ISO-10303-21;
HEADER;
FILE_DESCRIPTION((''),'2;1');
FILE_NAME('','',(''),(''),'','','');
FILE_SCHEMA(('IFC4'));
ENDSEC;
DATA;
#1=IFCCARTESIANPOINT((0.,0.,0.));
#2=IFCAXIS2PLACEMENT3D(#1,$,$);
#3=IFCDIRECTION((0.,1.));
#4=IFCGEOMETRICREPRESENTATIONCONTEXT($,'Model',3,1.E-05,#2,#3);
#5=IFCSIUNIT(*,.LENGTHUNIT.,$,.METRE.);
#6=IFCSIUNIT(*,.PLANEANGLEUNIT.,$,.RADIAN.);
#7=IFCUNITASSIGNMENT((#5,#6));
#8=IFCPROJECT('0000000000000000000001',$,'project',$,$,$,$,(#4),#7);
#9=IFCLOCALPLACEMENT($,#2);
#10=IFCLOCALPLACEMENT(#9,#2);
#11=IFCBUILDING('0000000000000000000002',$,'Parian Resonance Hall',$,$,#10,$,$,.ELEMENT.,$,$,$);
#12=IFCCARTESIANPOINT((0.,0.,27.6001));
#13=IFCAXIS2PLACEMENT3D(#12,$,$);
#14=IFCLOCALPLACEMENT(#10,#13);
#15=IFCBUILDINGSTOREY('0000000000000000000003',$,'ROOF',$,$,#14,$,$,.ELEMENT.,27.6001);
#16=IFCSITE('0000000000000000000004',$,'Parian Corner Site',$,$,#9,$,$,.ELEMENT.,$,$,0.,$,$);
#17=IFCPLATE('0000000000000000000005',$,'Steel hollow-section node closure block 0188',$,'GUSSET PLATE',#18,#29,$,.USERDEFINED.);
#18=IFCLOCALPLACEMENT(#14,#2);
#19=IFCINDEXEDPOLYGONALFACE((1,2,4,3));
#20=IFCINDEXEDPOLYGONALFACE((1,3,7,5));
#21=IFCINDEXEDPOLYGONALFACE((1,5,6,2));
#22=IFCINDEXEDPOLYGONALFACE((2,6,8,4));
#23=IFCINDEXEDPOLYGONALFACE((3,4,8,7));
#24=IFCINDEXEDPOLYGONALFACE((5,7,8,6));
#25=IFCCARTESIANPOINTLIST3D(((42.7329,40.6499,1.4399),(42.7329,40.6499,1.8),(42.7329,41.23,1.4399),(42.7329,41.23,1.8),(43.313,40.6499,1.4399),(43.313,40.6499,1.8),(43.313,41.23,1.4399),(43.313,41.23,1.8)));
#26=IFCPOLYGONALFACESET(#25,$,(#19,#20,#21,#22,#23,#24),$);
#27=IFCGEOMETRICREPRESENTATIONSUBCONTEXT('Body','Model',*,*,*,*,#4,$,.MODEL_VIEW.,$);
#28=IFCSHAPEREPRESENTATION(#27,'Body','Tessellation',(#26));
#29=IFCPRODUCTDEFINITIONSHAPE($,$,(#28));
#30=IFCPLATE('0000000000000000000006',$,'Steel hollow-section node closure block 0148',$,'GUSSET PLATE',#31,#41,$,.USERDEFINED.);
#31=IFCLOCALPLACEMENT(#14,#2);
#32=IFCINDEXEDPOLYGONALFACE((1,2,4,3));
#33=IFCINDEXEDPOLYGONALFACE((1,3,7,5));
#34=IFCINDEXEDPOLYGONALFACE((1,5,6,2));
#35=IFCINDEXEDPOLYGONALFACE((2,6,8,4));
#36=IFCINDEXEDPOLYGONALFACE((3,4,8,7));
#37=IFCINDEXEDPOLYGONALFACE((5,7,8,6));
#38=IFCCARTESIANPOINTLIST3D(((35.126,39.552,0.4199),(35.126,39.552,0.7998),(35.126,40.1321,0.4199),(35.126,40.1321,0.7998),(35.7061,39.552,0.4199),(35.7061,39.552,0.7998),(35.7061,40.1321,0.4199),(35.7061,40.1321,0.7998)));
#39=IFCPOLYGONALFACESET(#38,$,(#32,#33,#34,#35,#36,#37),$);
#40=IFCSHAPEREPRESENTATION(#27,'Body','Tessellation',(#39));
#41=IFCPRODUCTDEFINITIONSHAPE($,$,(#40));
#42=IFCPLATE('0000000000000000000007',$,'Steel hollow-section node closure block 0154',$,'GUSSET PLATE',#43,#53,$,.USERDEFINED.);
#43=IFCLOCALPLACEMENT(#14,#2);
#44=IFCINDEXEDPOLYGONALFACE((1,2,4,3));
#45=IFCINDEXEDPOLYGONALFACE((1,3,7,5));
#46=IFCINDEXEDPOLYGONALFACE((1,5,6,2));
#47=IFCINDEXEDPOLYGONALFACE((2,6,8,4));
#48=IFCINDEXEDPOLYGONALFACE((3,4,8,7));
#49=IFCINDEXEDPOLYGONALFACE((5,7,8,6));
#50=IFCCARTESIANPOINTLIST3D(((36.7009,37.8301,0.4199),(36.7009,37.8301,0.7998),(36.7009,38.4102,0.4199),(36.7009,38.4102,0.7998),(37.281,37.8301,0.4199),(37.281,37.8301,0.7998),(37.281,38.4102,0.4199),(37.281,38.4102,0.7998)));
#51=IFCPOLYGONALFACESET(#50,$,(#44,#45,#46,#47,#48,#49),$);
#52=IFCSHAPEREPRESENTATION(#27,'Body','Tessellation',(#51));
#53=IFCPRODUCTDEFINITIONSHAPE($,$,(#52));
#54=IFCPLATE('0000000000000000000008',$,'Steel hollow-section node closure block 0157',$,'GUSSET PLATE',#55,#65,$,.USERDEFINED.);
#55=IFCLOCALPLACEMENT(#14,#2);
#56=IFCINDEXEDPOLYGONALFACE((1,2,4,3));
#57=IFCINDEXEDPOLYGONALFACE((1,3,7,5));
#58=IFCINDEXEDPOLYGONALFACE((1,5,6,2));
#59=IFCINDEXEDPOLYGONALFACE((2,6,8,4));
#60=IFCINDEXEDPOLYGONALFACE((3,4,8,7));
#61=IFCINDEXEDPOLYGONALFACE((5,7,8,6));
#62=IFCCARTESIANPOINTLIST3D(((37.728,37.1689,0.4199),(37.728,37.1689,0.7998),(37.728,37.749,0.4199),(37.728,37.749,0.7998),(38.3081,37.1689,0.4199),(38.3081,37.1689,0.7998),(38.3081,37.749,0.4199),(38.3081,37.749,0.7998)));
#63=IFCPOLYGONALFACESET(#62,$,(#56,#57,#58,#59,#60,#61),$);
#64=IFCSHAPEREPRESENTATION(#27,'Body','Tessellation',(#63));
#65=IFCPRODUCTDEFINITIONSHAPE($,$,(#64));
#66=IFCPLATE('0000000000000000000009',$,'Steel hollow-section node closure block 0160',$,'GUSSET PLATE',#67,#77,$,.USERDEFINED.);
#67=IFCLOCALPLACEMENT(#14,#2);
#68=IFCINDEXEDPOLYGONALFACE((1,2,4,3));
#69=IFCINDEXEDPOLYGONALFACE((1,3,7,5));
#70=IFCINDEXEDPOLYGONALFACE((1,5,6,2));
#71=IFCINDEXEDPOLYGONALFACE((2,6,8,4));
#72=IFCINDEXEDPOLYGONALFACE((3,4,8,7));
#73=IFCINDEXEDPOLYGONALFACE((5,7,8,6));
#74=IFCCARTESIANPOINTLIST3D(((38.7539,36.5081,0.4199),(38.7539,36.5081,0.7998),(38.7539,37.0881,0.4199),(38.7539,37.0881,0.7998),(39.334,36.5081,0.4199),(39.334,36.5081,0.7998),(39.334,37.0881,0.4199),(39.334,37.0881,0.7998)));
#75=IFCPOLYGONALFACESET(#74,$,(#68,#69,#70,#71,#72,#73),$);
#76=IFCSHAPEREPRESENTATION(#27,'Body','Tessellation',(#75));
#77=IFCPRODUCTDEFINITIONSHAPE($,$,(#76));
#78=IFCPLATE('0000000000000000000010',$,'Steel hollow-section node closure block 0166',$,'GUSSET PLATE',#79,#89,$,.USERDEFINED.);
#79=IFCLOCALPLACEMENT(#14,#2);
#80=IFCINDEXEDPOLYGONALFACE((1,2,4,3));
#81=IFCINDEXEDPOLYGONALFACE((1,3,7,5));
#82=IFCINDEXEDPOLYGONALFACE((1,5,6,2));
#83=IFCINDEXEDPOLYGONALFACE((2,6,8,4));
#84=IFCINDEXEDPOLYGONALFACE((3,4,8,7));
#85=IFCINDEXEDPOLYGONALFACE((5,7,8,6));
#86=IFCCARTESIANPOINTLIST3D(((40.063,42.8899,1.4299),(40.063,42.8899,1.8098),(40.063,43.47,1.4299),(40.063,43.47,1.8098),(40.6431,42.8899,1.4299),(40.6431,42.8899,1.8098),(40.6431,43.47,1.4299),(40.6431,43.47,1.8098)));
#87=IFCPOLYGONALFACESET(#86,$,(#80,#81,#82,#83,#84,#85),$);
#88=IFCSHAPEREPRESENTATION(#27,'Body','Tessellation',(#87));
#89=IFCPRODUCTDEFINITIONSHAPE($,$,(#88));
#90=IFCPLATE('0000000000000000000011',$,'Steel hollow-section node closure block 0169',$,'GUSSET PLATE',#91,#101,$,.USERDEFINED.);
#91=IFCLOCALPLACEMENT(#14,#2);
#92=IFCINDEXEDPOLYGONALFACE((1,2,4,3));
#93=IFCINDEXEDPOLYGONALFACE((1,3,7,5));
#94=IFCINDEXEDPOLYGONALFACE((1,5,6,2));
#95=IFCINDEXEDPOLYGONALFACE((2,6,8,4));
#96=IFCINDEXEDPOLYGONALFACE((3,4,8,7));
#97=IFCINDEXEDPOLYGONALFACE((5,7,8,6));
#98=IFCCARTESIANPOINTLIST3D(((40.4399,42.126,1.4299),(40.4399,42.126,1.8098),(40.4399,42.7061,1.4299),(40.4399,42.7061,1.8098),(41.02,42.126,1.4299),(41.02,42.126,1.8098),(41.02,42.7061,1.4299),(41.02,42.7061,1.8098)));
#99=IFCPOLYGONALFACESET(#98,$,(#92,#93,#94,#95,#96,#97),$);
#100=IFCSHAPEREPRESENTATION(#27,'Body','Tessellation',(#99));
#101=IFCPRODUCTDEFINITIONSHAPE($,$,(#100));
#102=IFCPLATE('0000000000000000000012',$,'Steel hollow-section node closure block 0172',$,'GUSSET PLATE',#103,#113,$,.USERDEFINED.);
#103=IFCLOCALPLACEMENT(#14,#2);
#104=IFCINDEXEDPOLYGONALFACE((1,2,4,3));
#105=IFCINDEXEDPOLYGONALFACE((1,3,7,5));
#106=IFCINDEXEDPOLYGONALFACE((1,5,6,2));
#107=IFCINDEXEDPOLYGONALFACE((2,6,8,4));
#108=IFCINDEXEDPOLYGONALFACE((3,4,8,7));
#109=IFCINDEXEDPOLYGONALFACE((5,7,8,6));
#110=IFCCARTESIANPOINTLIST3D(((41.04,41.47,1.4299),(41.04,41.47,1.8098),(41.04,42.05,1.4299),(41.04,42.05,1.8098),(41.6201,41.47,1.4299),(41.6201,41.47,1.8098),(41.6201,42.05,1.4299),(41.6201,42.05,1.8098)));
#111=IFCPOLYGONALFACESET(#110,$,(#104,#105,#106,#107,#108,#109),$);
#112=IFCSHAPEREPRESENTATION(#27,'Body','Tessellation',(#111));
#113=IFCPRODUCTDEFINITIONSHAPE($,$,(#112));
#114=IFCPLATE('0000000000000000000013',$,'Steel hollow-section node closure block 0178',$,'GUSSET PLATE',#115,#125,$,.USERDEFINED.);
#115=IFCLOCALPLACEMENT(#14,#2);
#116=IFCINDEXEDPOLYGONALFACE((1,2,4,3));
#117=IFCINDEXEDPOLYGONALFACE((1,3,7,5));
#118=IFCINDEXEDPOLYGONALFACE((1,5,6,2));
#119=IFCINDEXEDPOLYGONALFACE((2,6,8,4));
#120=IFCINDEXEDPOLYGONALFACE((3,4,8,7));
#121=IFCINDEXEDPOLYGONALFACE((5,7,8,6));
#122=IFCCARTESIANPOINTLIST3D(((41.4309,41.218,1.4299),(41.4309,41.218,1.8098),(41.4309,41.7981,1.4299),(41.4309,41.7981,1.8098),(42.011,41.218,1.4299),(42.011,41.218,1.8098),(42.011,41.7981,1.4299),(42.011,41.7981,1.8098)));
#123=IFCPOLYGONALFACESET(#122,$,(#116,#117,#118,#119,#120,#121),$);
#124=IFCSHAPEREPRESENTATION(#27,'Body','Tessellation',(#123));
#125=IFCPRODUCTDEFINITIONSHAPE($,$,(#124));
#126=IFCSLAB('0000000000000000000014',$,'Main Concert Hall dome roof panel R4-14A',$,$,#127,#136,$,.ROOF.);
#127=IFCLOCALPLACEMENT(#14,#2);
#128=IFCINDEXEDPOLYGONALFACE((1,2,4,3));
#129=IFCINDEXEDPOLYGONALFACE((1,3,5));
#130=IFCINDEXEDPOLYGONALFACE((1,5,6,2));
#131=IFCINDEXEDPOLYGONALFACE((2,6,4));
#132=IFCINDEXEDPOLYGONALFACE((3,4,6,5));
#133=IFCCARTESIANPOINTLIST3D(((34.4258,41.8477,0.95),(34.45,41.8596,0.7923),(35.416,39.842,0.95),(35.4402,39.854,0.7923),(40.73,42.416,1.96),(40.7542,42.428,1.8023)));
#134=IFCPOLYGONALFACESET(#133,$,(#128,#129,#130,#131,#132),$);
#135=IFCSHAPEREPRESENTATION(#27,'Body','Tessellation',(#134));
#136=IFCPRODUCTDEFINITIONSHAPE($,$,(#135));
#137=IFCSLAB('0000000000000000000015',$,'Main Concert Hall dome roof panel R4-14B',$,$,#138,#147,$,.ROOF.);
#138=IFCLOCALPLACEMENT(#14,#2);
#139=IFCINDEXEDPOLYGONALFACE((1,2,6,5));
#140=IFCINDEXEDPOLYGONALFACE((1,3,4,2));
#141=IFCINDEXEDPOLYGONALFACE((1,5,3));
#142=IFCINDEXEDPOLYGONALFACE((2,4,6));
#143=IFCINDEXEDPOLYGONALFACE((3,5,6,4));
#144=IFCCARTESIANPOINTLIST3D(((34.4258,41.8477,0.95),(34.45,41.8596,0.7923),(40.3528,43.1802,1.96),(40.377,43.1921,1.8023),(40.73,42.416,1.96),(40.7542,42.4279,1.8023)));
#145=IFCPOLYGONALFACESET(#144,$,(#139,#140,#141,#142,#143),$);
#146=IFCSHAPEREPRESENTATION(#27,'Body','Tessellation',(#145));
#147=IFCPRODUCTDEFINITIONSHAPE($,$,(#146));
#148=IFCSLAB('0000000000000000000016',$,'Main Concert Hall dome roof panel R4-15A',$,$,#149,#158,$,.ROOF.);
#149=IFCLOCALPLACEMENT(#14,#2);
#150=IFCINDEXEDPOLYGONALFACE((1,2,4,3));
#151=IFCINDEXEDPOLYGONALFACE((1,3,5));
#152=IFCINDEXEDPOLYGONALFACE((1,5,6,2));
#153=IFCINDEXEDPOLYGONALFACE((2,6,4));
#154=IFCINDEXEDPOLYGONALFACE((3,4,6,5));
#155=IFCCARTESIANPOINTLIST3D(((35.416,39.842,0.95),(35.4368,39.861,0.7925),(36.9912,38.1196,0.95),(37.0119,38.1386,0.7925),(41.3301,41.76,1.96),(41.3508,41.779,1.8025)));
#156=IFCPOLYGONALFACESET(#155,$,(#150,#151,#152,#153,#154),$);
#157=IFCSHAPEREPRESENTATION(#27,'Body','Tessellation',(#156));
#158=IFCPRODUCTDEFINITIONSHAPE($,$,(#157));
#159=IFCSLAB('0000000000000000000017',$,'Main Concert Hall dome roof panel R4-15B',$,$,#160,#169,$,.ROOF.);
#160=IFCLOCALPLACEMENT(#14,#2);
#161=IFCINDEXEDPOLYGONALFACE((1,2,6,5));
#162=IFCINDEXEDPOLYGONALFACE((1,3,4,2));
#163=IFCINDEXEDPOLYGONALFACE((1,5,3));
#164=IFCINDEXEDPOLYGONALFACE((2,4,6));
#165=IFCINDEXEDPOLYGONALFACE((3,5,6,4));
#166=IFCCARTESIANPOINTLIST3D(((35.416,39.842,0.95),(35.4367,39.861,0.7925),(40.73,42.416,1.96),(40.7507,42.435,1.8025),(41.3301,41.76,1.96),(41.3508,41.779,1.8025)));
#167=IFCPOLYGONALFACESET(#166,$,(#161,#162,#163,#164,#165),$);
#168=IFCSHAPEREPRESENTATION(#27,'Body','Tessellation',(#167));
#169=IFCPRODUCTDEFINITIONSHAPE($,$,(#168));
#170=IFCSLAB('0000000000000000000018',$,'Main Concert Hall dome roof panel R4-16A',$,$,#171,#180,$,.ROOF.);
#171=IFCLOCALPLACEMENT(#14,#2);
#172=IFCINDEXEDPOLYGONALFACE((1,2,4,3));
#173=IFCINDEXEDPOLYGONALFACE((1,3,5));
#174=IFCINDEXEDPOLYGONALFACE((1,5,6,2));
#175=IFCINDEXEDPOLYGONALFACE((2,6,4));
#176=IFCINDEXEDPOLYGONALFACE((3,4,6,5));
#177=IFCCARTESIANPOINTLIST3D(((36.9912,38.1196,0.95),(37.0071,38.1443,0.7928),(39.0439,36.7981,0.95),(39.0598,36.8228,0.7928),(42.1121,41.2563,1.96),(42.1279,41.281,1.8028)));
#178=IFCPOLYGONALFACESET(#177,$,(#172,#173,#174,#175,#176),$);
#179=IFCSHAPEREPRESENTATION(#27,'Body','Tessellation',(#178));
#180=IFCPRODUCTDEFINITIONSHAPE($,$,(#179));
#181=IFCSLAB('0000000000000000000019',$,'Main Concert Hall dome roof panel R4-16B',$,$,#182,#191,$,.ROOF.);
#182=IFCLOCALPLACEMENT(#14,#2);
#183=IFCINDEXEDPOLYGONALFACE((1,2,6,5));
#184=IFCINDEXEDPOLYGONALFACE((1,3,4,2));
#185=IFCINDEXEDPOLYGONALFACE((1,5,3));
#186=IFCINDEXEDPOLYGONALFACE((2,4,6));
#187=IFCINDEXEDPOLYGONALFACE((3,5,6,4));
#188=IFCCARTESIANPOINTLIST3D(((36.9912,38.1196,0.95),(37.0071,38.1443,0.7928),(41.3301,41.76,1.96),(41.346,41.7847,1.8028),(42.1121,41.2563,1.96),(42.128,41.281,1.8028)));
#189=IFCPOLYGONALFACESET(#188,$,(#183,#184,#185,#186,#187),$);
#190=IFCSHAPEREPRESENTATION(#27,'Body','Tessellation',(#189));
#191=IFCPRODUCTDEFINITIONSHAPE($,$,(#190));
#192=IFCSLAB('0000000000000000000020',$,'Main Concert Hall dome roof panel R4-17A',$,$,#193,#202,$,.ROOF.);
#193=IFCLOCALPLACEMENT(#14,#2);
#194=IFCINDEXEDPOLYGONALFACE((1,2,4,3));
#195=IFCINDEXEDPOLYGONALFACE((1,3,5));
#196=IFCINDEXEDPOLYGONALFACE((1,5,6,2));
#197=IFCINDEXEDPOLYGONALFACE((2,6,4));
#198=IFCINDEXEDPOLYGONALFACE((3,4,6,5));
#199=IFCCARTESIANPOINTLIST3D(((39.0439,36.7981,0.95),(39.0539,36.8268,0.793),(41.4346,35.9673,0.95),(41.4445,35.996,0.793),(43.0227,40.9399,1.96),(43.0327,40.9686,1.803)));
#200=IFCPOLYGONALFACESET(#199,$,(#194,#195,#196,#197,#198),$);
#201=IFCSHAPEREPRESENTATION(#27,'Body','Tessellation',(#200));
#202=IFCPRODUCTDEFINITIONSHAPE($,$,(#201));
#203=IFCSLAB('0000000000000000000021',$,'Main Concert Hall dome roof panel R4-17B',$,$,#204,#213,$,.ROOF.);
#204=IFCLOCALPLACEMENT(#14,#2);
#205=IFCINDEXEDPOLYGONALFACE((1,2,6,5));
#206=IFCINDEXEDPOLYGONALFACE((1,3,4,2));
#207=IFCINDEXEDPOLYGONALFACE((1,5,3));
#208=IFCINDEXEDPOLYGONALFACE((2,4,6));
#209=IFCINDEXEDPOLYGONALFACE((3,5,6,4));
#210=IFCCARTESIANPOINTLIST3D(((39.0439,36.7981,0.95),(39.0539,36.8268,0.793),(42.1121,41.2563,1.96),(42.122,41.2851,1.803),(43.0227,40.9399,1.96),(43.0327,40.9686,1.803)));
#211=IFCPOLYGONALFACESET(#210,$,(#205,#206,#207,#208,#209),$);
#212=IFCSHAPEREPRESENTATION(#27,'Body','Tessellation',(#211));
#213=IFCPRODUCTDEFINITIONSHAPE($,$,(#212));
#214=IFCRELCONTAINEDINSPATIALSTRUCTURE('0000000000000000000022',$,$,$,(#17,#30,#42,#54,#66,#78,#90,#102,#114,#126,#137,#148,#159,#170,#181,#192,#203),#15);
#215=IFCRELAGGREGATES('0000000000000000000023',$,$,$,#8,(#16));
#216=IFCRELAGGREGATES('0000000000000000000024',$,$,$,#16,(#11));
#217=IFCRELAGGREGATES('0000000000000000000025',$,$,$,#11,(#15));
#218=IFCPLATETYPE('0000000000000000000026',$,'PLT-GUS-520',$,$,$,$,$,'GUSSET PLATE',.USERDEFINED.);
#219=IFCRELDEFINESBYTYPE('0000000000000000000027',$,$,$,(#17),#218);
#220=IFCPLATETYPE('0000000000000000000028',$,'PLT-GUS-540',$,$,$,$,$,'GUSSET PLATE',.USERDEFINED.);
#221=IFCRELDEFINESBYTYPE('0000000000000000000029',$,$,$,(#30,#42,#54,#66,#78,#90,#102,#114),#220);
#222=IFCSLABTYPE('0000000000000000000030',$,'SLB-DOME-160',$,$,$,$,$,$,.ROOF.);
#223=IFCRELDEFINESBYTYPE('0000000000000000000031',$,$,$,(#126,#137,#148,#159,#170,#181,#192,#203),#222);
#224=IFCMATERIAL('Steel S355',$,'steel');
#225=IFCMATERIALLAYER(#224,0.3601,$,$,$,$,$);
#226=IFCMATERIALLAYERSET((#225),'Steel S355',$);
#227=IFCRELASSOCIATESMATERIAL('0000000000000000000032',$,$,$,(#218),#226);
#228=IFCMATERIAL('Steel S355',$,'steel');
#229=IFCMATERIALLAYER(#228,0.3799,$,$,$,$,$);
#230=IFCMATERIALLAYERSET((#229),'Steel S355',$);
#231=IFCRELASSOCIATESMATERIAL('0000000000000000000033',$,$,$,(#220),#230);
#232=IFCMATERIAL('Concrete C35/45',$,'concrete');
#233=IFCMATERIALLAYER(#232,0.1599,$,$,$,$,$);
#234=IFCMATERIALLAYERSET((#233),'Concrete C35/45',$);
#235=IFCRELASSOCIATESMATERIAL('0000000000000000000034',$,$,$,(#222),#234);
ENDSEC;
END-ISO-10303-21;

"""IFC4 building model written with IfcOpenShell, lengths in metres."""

from ifc_helpers import new_model, si_unit, direction, frame, origin, origin_2d, place, context, subcontext, project, spatial, polyline, rectangle, outline, extrude, material, layer, layer_set, type_object, element, save


model = new_model("IFC4")

# Units and contexts
model_context = context("Model", 3, precision=1e-05, world=origin(), true_north=direction((0.0, 1.0)))
body_context = subcontext(model_context, "Body", "Model", "MODEL_VIEW")
ifc_project = project(units=[si_unit("LENGTHUNIT", "METRE"), si_unit("PLANEANGLEUNIT", "RADIAN")], contexts=[model_context])

# Site, building, storey
site_placement = place(None, origin())
site = spatial("IfcSite", under=ifc_project, at=site_placement, Name="Parian Corner Site", CompositionType="ELEMENT", RefElevation=0.0)
building_placement = place(site_placement, origin())
building = spatial("IfcBuilding", under=site, at=building_placement, Name="Parian Resonance Hall", CompositionType="ELEMENT")
storey_placement = place(building_placement, frame((0.0, 0.0, 27.6001)))
storey = spatial("IfcBuildingStorey", under=building, at=storey_placement, Name="ROOF", CompositionType="ELEMENT", Elevation=27.6001)

# Plates
ifc_material_1 = material(Name="Steel S355", Category="steel")
ifc_layer_1 = layer(ifc_material_1, 0.3601)
ifc_layer_set_1 = layer_set([ifc_layer_1], Name="Steel S355")
plate_type_1 = type_object("IfcPlateType", Name="PLT-GUS-520", ElementType="GUSSET PLATE", PredefinedType="USERDEFINED", material=ifc_layer_set_1)
plate_placement = place(storey_placement, frame((43.0229, 40.9399, 1.4399), z_axis=(0.0, 0.0, 1.0), x_axis=(1.0, 0.0, 0.0)))
element("IfcPlate", 1, at=plate_placement, inside=storey, type_object=plate_type_1, Name="Steel hollow-section node closure block 0188", ObjectType="GUSSET PLATE", PredefinedType="USERDEFINED", context=body_context, shape_type="SweptSolid", body=[
    extrude(rectangle(XDim=0.5801, YDim=0.5801, at=origin_2d()), origin(), (0.0, 0.0, 1.0), 0.3601),
])
ifc_material_2 = material(Name="Steel S355", Category="steel")
ifc_layer_2 = layer(ifc_material_2, 0.3799)
ifc_layer_set_2 = layer_set([ifc_layer_2], Name="Steel S355")
plate_type_2 = type_object("IfcPlateType", Name="PLT-GUS-540", ElementType="GUSSET PLATE", PredefinedType="USERDEFINED", material=ifc_layer_set_2)
for number, where, z_axis, x_axis, name in (
    (2, (35.416, 39.842, 0.4199), (0.0, 0.0, 1.0), (1.0, 0.0, 0.0), "Steel hollow-section node closure block 0148"),
    (3, (36.991, 38.1201, 0.4199), (0.0, 0.0, 1.0), (1.0, 0.0, 0.0), "Steel hollow-section node closure block 0154"),
    (4, (38.0181, 37.459, 0.4199), (0.0, 0.0, 1.0), (1.0, 0.0, 0.0), "Steel hollow-section node closure block 0157"),
    (5, (39.0439, 36.7981, 0.4199), (0.0, 0.0, 1.0), (1.0, 0.0, 0.0), "Steel hollow-section node closure block 0160"),
    (6, (40.353, 43.1799, 1.4299), (0.0, 0.0, 1.0), (1.0, 0.0, 0.0), "Steel hollow-section node closure block 0166"),
    (7, (40.73, 42.416, 1.4299), (0.0, 0.0, 1.0), (1.0, 0.0, 0.0), "Steel hollow-section node closure block 0169"),
    (8, (41.3301, 41.76, 1.4299), (0.0, 0.0, 1.0), (1.0, 0.0, 0.0), "Steel hollow-section node closure block 0172"),
    (9, (41.7209, 41.5081, 1.4299), (0.0, 0.0, 1.0), (1.0, 0.0, 0.0), "Steel hollow-section node closure block 0178"),
):
    element("IfcPlate", number, at=place(storey_placement, frame(where, z_axis=z_axis, x_axis=x_axis)), inside=storey, type_object=plate_type_2, Name=name, ObjectType="GUSSET PLATE", PredefinedType="USERDEFINED", context=body_context, shape_type="SweptSolid", body=[
        extrude(rectangle(XDim=0.5801, YDim=0.5801, at=origin_2d()), origin(), (0.0, 0.0, 1.0), 0.3799),
    ])

# Slabs
ifc_material_3 = material(Name="Concrete C35/45", Category="concrete")
ifc_layer_3 = layer(ifc_material_3, 0.1599)
ifc_layer_set_3 = layer_set([ifc_layer_3], Name="Concrete C35/45")
slab_type = type_object("IfcSlabType", Name="SLB-DOME-160", PredefinedType="ROOF", material=ifc_layer_set_3)
slab_1_placement = place(storey_placement, frame((34.4258, 41.8477, 0.95), z_axis=(-0.151189, -0.074646, 0.985682), x_axis=(0.442711, -0.896664, 0.0)))
element("IfcSlab", 10, at=slab_1_placement, inside=storey, type_object=slab_type, Name="Main Concert Hall dome roof panel R4-14A", PredefinedType="ROOF", context=body_context, shape_type="SweptSolid", body=[
    extrude(outline(polyline([(0.0, 0.0), (2.2368, 0.0), (2.2813, 5.9901), (0.0, 0.0)])), origin(), (0.0, 0.0, -1.0), 0.1599),
])
slab_2_placement = place(storey_placement, frame((34.4258, 41.8477, 0.95), z_axis=(-0.15119, -0.074629, 0.985684), x_axis=(0.983519, 0.08867, 0.157572)))
element("IfcSlab", 11, at=slab_2_placement, inside=storey, type_object=slab_type, Name="Main Concert Hall dome roof panel R4-14B", PredefinedType="ROOF", context=body_context, shape_type="SweptSolid", body=[
    extrude(outline(polyline([(0.0, 0.0), (6.4098, 0.0), (6.1066, 0.7964), (0.0, 0.0)])), origin(), (0.0, 0.0, -1.0), 0.1599),
])
slab_3_placement = place(storey_placement, frame((35.416, 39.842, 0.95), z_axis=(-0.129666, -0.118584, 0.984441), x_axis=(0.674867, -0.73794, 0.0)))
element("IfcSlab", 12, at=slab_3_placement, inside=storey, type_object=slab_type, Name="Main Concert Hall dome roof panel R4-15A", PredefinedType="ROOF", context=body_context, shape_type="SweptSolid", body=[
    extrude(outline(polyline([(0.0, 0.0), (2.3341, 0.0), (2.5759, 5.748), (0.0, 0.0)])), origin(), (0.0, 0.0, -1.0), 0.1599),
])
slab_4_placement = place(storey_placement, frame((35.416, 39.842, 0.95), z_axis=(-0.129658, -0.118608, 0.984439), x_axis=(0.938919, 0.304498, 0.16035)))
element("IfcSlab", 13, at=slab_4_placement, inside=storey, type_object=slab_type, Name="Main Concert Hall dome roof panel R4-15B", PredefinedType="ROOF", context=body_context, shape_type="SweptSolid", body=[
    extrude(outline(polyline([(0.0, 0.0), (6.2988, 0.0), (5.9351, 0.8113), (0.0, 0.0)])), origin(), (0.0, 0.0, -1.0), 0.1599),
])
slab_5_placement = place(storey_placement, frame((36.9912, 38.1196, 0.95), z_axis=(-0.099354, -0.154326, 0.983012), x_axis=(0.840821, -0.541313, 0.0)))
element("IfcSlab", 14, at=slab_5_placement, inside=storey, type_object=slab_type, Name="Main Concert Hall dome roof panel R4-16A", PredefinedType="ROOF", context=body_context, shape_type="SweptSolid", body=[
    extrude(outline(polyline([(0.0, 0.0), (2.4413, 0.0), (2.6078, 5.5029), (0.0, 0.0)])), origin(), (0.0, 0.0, -1.0), 0.1599),
])
slab_6_placement = place(storey_placement, frame((36.9912, 38.1196, 0.95), z_axis=(-0.099376, -0.15429, 0.983015), x_axis=(0.840929, 0.515101, 0.16586)))
element("IfcSlab", 15, at=slab_6_placement, inside=storey, type_object=slab_type, Name="Main Concert Hall dome roof panel R4-16B", PredefinedType="ROOF", context=body_context, shape_type="SweptSolid", body=[
    extrude(outline(polyline([(0.0, 0.0), (6.0895, 0.0), (5.6914, 0.8406), (0.0, 0.0)])), origin(), (0.0, 0.0, -1.0), 0.1599),
])
slab_7_placement = place(storey_placement, frame((39.0439, 36.7981, 0.95), z_axis=(-0.062378, -0.17949, 0.98178), x_axis=(0.944584, -0.32827, 0.0)))
element("IfcSlab", 16, at=slab_7_placement, inside=storey, type_object=slab_type, Name="Main Concert Hall dome roof panel R4-17A", PredefinedType="ROOF", context=body_context, shape_type="SweptSolid", body=[
    extrude(outline(polyline([(0.0, 0.0), (2.5309, 0.0), (2.3986, 5.3153), (0.0, 0.0)])), origin(), (0.0, 0.0, -1.0), 0.1599),
])
slab_8_placement = place(storey_placement, frame((39.0439, 36.7981, 0.95), z_axis=(-0.062368, -0.1795, 0.981779), x_axis=(0.682296, 0.710263, 0.173201)))
element("IfcSlab", 17, at=slab_8_placement, inside=storey, type_object=slab_type, Name="Main Concert Hall dome roof panel R4-17B", PredefinedType="ROOF", context=body_context, shape_type="SweptSolid", body=[
    extrude(outline(polyline([(0.0, 0.0), (5.8314, 0.0), (5.4348, 0.8787), (0.0, 0.0)])), origin(), (0.0, 0.0, -1.0), 0.1599),
])

save(model, "model.ifc")
